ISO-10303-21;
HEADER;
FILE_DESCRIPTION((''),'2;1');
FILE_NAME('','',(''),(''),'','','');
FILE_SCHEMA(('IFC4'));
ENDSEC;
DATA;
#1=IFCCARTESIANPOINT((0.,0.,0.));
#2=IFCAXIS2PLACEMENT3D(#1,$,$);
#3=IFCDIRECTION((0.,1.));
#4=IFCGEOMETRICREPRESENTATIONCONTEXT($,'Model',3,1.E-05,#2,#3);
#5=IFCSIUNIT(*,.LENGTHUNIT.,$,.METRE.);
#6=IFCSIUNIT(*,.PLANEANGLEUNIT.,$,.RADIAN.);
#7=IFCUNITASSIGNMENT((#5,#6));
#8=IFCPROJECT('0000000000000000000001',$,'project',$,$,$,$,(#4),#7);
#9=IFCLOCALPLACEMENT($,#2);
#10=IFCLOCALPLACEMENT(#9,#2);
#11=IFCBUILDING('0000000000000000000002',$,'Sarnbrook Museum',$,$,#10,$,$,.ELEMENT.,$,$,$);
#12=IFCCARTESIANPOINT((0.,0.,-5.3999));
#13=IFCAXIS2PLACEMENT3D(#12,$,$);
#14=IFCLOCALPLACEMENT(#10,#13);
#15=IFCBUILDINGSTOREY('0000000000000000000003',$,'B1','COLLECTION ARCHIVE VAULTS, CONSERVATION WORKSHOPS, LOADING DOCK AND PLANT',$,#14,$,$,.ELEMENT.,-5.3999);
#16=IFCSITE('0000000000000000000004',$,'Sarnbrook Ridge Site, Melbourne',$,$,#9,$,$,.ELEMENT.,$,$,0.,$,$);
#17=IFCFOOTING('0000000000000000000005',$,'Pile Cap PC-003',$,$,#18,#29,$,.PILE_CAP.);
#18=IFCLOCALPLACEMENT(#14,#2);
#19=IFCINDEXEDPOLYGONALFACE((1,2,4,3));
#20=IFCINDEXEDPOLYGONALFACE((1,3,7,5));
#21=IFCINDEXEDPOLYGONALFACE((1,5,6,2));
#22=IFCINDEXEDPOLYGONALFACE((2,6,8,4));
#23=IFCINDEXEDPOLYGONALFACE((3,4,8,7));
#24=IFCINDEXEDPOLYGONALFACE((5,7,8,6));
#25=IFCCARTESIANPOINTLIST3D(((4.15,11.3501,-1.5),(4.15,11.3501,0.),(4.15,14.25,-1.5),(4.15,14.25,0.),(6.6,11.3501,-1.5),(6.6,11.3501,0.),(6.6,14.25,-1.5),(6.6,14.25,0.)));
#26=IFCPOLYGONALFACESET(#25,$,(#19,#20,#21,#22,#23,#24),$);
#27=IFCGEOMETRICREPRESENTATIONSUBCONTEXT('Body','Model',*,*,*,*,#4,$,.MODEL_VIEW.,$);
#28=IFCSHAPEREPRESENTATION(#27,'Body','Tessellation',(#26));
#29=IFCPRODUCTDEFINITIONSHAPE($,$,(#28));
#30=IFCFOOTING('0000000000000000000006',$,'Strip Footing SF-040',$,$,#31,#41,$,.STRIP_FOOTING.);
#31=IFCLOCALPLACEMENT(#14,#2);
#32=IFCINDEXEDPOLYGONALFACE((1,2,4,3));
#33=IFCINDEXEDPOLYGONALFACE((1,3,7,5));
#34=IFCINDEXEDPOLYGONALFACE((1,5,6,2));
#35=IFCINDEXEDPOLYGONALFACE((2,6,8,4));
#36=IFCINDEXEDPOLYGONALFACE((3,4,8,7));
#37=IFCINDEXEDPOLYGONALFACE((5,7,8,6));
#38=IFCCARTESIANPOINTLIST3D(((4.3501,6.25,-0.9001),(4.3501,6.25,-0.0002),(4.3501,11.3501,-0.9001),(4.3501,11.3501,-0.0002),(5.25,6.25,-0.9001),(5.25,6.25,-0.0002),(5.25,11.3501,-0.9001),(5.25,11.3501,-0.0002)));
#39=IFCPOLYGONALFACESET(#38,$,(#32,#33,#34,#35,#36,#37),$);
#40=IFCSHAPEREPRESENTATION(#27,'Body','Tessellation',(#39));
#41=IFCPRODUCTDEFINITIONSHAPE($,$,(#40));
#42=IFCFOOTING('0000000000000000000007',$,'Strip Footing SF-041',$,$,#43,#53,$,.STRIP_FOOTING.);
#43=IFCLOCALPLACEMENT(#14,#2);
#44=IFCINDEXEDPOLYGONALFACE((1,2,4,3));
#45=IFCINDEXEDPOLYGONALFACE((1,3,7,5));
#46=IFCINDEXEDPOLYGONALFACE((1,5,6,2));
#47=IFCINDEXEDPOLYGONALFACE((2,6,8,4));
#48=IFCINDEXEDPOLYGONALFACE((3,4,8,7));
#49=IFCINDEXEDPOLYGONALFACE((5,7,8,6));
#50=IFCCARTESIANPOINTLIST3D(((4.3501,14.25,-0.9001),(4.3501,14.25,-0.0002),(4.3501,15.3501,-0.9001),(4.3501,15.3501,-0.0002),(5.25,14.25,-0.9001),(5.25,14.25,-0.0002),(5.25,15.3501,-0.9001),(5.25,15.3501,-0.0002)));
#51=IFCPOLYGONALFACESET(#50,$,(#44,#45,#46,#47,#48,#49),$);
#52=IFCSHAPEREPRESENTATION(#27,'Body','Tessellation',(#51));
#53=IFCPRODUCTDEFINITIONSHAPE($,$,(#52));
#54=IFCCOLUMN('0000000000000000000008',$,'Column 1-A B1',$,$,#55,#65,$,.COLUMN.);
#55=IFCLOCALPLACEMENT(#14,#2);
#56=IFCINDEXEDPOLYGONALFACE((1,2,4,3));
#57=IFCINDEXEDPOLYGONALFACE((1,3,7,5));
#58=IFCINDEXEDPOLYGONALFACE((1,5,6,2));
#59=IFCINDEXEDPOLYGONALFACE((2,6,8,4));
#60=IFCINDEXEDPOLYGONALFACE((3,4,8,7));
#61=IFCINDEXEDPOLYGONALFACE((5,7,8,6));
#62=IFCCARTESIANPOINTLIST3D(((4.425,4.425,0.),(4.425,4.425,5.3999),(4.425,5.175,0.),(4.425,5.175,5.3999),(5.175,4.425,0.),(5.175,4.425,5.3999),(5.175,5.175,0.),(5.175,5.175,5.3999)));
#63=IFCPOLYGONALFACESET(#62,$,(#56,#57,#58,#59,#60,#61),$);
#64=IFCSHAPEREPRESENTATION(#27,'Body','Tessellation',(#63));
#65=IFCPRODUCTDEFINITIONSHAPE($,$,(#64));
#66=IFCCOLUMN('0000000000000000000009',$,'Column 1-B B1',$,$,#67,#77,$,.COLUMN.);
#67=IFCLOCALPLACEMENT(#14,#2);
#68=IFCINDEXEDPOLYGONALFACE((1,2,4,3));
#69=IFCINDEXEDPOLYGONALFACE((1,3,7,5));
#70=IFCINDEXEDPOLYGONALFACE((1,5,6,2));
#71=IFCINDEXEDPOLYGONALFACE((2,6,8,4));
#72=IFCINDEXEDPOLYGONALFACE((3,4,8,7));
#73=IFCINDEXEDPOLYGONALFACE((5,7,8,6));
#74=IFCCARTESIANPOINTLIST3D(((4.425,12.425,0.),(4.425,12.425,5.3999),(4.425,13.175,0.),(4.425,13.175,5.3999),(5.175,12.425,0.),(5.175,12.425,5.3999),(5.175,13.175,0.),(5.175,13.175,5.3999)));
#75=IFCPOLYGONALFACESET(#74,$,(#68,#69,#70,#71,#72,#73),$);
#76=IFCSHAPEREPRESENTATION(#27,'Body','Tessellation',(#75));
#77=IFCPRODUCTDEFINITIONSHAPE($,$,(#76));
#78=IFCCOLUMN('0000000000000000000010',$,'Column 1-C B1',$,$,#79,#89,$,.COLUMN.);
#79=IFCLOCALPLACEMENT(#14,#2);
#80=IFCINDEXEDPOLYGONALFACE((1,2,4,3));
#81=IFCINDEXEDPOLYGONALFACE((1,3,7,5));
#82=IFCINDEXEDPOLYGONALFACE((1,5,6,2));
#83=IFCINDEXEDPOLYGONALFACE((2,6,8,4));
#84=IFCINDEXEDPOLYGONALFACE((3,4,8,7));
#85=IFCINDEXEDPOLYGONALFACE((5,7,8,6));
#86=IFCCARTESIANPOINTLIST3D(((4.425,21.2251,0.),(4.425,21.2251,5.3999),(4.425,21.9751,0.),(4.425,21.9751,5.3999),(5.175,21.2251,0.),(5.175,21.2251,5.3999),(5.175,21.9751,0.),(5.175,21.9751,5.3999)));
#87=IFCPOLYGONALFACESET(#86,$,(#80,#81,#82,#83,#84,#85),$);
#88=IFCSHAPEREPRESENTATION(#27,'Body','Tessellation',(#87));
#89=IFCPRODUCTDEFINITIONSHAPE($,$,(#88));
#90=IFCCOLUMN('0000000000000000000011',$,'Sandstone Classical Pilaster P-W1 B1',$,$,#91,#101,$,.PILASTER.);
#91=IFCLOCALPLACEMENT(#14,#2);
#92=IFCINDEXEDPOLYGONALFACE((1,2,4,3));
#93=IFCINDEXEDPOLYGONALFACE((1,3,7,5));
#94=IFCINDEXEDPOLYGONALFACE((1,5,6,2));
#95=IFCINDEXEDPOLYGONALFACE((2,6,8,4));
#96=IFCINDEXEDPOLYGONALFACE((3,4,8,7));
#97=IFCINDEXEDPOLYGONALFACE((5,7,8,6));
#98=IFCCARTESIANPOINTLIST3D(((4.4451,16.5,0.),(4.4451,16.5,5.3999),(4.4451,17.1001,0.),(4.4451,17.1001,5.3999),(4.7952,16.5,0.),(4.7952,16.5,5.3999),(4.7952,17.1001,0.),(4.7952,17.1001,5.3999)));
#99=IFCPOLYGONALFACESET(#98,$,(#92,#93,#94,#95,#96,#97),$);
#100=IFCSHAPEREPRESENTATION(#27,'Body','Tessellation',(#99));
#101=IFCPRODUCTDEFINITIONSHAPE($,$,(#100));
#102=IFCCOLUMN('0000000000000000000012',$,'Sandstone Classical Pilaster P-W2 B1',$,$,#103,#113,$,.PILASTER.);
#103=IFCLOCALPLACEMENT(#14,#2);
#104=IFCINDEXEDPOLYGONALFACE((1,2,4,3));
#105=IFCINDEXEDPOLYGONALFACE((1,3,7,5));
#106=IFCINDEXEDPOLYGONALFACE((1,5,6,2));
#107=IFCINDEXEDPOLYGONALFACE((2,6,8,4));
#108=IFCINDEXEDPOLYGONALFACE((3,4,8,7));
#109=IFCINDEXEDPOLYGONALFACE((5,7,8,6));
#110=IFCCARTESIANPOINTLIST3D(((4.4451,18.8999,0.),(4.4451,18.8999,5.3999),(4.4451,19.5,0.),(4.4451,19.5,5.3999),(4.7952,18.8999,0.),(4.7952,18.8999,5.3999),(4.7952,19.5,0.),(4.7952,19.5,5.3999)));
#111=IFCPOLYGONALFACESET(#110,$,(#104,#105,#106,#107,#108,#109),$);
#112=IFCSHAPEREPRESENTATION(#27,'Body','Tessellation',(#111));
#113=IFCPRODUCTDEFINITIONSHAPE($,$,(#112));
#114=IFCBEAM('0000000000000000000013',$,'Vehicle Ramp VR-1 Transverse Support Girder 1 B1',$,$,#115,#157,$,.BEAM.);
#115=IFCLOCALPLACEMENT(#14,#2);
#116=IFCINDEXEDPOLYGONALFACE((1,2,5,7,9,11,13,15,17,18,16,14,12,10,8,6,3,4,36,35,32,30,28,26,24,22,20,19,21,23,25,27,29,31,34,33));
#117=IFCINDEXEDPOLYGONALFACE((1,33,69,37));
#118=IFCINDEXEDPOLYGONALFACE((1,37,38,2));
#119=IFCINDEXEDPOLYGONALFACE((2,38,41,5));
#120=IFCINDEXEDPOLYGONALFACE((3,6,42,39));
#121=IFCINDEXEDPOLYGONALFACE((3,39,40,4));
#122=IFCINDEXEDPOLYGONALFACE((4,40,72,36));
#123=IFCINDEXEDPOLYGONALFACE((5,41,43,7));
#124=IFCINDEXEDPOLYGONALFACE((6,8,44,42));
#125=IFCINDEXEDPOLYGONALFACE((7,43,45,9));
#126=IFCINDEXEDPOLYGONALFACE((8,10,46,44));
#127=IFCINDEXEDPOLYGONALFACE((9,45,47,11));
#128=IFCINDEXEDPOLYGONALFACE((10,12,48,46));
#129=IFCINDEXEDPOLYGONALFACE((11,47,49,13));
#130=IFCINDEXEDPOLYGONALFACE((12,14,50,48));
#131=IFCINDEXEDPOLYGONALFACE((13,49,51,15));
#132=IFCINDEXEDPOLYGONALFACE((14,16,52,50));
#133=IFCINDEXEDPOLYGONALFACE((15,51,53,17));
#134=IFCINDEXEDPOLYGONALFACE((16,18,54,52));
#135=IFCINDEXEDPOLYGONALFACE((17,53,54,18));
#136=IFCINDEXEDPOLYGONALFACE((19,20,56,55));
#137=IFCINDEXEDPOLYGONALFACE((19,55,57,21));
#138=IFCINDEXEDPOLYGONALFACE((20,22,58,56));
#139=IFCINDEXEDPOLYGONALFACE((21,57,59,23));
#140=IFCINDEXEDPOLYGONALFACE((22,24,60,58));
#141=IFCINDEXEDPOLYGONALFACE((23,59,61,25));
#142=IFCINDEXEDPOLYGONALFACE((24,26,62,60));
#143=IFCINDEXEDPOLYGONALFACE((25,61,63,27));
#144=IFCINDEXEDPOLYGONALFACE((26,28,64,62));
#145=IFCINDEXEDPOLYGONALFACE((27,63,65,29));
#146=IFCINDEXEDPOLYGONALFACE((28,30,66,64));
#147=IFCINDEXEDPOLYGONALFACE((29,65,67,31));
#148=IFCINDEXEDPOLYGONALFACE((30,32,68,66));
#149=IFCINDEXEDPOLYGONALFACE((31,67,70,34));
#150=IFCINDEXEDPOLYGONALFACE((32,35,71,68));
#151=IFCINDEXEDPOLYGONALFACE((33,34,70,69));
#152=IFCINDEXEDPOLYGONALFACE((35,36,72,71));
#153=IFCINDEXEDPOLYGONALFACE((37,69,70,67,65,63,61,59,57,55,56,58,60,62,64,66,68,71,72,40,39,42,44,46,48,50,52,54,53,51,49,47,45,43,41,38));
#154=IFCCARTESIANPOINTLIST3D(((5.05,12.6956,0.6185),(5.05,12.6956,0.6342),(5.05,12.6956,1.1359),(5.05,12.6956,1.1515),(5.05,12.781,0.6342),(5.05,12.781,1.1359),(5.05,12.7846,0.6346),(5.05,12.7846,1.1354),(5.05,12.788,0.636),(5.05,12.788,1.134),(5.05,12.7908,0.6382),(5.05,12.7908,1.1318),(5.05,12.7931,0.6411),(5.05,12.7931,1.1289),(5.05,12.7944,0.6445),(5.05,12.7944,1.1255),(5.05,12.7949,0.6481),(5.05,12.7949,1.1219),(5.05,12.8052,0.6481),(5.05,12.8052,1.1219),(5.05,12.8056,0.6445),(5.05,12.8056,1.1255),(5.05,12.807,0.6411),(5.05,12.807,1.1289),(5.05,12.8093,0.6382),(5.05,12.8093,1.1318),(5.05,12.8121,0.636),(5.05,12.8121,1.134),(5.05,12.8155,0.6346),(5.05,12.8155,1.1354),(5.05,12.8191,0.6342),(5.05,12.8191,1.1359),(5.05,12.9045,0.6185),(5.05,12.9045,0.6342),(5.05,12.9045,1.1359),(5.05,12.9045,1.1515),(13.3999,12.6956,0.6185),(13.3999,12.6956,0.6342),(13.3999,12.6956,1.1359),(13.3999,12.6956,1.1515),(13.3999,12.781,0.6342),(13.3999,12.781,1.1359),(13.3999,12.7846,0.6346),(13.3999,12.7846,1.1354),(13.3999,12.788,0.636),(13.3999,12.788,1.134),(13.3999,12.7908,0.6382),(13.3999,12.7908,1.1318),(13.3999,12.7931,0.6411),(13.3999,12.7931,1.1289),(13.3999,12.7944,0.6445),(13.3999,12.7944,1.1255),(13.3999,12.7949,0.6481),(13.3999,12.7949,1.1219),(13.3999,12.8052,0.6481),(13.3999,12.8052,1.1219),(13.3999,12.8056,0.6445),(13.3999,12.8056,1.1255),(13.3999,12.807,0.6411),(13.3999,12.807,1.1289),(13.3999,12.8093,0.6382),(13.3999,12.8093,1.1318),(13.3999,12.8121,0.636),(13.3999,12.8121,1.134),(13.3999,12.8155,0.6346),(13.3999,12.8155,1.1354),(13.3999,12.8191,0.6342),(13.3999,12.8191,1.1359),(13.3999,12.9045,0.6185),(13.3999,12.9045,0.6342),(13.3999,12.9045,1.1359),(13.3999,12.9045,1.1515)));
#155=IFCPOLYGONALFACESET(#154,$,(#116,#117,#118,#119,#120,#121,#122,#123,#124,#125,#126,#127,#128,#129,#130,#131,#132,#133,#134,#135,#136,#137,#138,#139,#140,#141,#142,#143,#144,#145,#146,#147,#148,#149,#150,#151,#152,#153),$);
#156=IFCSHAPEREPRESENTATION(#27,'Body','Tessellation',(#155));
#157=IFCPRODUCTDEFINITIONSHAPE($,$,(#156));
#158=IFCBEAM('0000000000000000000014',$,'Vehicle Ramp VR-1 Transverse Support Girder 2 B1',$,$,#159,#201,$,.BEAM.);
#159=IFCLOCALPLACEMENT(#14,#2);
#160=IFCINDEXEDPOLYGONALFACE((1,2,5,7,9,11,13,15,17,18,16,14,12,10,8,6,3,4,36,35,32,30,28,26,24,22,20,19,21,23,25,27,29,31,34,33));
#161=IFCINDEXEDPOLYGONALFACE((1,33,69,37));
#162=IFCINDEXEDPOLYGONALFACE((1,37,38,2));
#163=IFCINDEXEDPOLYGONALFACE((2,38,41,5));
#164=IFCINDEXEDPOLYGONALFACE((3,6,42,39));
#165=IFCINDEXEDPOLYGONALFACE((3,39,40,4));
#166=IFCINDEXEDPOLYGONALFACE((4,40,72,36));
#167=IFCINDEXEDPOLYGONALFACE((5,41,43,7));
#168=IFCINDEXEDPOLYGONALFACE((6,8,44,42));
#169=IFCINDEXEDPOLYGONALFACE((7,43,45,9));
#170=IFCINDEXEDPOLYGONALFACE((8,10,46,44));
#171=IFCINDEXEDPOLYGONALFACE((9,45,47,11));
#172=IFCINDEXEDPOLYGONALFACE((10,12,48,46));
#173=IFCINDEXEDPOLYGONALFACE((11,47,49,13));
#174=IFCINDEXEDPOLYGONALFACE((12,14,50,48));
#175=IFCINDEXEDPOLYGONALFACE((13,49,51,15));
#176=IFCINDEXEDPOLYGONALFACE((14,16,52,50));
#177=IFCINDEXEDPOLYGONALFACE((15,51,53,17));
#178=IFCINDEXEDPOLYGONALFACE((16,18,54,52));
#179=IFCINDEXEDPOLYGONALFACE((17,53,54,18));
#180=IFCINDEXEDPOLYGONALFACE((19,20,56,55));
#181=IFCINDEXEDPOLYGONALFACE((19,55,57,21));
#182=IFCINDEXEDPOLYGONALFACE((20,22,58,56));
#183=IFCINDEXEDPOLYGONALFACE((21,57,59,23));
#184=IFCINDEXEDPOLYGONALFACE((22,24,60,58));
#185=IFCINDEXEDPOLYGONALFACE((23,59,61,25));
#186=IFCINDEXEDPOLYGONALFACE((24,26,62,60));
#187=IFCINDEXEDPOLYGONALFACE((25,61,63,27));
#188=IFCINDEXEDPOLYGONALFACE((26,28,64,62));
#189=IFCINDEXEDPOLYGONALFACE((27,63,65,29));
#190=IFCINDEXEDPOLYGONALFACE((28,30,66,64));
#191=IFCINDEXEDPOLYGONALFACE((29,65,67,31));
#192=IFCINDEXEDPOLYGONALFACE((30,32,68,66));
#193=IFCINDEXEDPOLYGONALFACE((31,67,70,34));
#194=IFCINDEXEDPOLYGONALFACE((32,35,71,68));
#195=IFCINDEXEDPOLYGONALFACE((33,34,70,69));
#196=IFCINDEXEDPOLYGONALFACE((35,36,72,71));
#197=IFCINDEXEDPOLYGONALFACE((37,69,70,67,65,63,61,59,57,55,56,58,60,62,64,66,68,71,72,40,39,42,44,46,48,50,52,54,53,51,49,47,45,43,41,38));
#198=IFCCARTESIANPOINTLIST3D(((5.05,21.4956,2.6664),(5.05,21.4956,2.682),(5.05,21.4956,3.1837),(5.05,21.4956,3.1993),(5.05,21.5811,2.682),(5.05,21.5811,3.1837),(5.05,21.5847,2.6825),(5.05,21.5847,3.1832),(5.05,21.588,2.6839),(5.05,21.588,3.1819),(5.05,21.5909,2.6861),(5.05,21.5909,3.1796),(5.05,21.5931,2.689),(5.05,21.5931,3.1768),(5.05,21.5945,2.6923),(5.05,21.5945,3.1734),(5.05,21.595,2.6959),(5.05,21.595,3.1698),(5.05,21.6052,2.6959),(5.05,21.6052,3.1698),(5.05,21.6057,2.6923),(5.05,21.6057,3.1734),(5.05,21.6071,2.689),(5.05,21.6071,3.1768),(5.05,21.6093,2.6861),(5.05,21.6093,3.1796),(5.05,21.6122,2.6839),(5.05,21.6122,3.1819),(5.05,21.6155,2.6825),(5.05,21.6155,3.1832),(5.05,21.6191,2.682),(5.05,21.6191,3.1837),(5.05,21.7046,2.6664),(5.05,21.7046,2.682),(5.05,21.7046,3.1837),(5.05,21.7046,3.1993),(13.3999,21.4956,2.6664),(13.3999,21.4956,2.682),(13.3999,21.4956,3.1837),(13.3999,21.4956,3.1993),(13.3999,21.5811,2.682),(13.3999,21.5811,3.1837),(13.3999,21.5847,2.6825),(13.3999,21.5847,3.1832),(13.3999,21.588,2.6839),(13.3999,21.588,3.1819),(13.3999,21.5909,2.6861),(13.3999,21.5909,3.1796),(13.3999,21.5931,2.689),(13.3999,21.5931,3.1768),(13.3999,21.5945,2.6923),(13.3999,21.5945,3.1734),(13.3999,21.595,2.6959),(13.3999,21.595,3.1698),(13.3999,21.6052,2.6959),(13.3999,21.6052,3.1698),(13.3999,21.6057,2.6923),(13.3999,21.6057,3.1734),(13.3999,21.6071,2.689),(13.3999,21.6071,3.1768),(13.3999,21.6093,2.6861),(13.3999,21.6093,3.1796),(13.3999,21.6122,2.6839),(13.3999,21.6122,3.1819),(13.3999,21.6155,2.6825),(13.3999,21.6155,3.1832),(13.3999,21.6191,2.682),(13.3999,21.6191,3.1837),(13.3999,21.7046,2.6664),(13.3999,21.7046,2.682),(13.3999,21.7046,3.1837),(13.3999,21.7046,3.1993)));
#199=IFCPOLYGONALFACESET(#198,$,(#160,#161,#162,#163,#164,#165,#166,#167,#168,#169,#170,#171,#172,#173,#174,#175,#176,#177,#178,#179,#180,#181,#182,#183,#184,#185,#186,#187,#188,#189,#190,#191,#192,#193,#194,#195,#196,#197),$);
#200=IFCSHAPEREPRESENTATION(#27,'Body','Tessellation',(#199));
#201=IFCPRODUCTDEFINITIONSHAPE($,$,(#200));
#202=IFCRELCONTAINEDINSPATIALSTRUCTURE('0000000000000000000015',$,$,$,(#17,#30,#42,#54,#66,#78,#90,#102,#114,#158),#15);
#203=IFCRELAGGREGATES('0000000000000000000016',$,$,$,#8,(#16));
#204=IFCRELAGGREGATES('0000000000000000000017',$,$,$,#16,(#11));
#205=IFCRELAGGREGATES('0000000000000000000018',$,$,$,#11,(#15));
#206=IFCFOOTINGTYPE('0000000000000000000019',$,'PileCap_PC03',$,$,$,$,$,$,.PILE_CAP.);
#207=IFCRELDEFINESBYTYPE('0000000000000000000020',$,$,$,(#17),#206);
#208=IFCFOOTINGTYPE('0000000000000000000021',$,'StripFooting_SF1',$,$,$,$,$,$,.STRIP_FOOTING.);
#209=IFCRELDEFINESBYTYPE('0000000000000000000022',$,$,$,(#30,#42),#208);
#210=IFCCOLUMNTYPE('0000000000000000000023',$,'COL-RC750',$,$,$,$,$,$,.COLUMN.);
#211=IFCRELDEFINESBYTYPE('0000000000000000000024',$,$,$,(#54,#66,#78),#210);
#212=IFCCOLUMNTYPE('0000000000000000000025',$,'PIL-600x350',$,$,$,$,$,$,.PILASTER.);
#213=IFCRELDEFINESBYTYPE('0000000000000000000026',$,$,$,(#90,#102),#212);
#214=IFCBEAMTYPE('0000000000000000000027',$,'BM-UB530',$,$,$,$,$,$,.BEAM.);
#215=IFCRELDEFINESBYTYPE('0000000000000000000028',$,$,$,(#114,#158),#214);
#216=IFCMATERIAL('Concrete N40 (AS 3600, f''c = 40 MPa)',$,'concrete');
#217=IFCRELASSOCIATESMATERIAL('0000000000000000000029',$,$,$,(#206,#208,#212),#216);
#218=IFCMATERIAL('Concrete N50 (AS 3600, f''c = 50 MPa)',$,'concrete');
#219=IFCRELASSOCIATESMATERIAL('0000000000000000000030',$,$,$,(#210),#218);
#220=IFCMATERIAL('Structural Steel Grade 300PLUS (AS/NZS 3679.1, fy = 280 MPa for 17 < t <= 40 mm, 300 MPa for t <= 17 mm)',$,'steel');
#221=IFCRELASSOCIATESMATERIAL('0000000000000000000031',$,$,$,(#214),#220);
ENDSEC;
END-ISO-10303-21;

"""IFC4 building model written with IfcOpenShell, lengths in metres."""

from ifc_helpers import new_model, si_unit, direction, frame, origin, origin_2d, place, context, subcontext, project, spatial, rectangle, i_section, extrude, material, material_profile, profile_set, type_object, element, save


model = new_model("IFC4")

# Units and contexts
model_context = context("Model", 3, precision=1e-05, world=origin(), true_north=direction((0.0, 1.0)))
body_context = subcontext(model_context, "Body", "Model", "MODEL_VIEW")
ifc_project = project(units=[si_unit("LENGTHUNIT", "METRE"), si_unit("PLANEANGLEUNIT", "RADIAN")], contexts=[model_context])

# Site, building, storey
site_placement = place(None, origin())
site = spatial("IfcSite", under=ifc_project, at=site_placement, Name="Sarnbrook Ridge Site, Melbourne", CompositionType="ELEMENT", RefElevation=0.0)
building_placement = place(site_placement, origin())
building = spatial("IfcBuilding", under=site, at=building_placement, Name="Sarnbrook Museum", CompositionType="ELEMENT")
storey_placement = place(building_placement, frame((0.0, 0.0, -5.3999)))
storey = spatial("IfcBuildingStorey", under=building, at=storey_placement, Name="B1", Description="COLLECTION ARCHIVE VAULTS, CONSERVATION WORKSHOPS, LOADING DOCK AND PLANT", CompositionType="ELEMENT", Elevation=-5.3999)

# Shared definitions
ifc_material_1 = material(Name="Concrete N50 (AS 3600, f'c = 50 MPa)", Category="concrete")

# Footings
ifc_material_2 = material(Name="Concrete N40 (AS 3600, f'c = 40 MPa)", Category="concrete")
footing_type_1 = type_object("IfcFootingType", Name="PileCap_PC03", PredefinedType="PILE_CAP", material=ifc_material_2)
footing_1_placement = place(storey_placement, frame((5.375, 12.8, -1.5), z_axis=(0.0, 0.0, 1.0), x_axis=(1.0, 0.0, 0.0)))
element("IfcFooting", 1, at=footing_1_placement, inside=storey, type_object=footing_type_1, Name="Pile Cap PC-003", PredefinedType="PILE_CAP", context=body_context, shape_type="SweptSolid", body=[
    extrude(rectangle(XDim=2.45, YDim=2.8999, at=origin_2d()), origin(), (0.0, 0.0, 1.0), 1.5),
])
footing_type_2 = type_object("IfcFootingType", Name="StripFooting_SF1", PredefinedType="STRIP_FOOTING", material=ifc_material_2)
footing_2_placement = place(storey_placement, frame((4.8, 8.8, -0.9001), z_axis=(0.0, 0.0, 1.0), x_axis=(1.0, 0.0, 0.0)))
element("IfcFooting", 2, at=footing_2_placement, inside=storey, type_object=footing_type_2, Name="Strip Footing SF-040", PredefinedType="STRIP_FOOTING", context=body_context, shape_type="SweptSolid", body=[
    extrude(rectangle(XDim=0.8999, YDim=5.1001, at=origin_2d()), origin(), (0.0, 0.0, 1.0), 0.8999),
])
footing_3_placement = place(storey_placement, frame((4.8, 14.8, -0.9001), z_axis=(0.0, 0.0, 1.0), x_axis=(1.0, 0.0, 0.0)))
element("IfcFooting", 3, at=footing_3_placement, inside=storey, type_object=footing_type_2, Name="Strip Footing SF-041", PredefinedType="STRIP_FOOTING", context=body_context, shape_type="SweptSolid", body=[
    extrude(rectangle(XDim=0.8999, YDim=1.1001, at=origin_2d()), origin(), (0.0, 0.0, 1.0), 0.8999),
])

# Columns
ifc_material_profile_1 = material_profile(ifc_material_1, rectangle(XDim=0.75, YDim=0.75, at=origin_2d()), Name="RC 750x750")
ifc_profile_set_1 = profile_set([ifc_material_profile_1], Name="Concrete N50 (AS 3600, f'c = 50 MPa)")
column_type_1 = type_object("IfcColumnType", Name="COL-RC750", PredefinedType="COLUMN", material=ifc_profile_set_1)
for number, where, z_axis, x_axis, name in (
    (4, (4.8, 4.8, 0.0), (0.0, 0.0, 1.0), (1.0, 0.0, 0.0), "Column 1-A B1"),
    (5, (4.8, 12.8, 0.0), (0.0, 0.0, 1.0), (1.0, 0.0, 0.0), "Column 1-B B1"),
    (6, (4.8, 21.6001, 0.0), (0.0, 0.0, 1.0), (1.0, 0.0, 0.0), "Column 1-C B1"),
):
    element("IfcColumn", number, at=place(storey_placement, frame(where, z_axis=z_axis, x_axis=x_axis)), inside=storey, type_object=column_type_1, Name=name, PredefinedType="COLUMN", context=body_context, shape_type="SweptSolid", body=[
        extrude(rectangle(XDim=0.75, YDim=0.75, at=origin_2d()), origin(), (0.0, 0.0, 1.0), 5.3999),
    ])
ifc_material_profile_2 = material_profile(ifc_material_2, rectangle(XDim=0.6001, YDim=0.3501, at=origin_2d()), Name="PILASTER 600x350")
ifc_profile_set_2 = profile_set([ifc_material_profile_2], Name="Concrete N40 (AS 3600, f'c = 40 MPa)")
column_type_2 = type_object("IfcColumnType", Name="PIL-600x350", PredefinedType="PILASTER", material=ifc_profile_set_2)
for number, where, z_axis, x_axis, name in (
    (7, (4.6201, 16.8, 0.0), (0.0, 0.0, 1.0), (0.0, 1.0, 0.0), "Sandstone Classical Pilaster P-W1 B1"),
    (8, (4.6201, 19.2, 0.0), (0.0, 0.0, 1.0), (0.0, 1.0, 0.0), "Sandstone Classical Pilaster P-W2 B1"),
):
    element("IfcColumn", number, at=place(storey_placement, frame(where, z_axis=z_axis, x_axis=x_axis)), inside=storey, type_object=column_type_2, Name=name, PredefinedType="PILASTER", context=body_context, shape_type="SweptSolid", body=[
        extrude(rectangle(XDim=0.6001, YDim=0.3501, at=origin_2d()), origin(), (0.0, 0.0, 1.0), 5.3999),
    ])

# Beams
ifc_material_3 = material(Name="Structural Steel Grade 300PLUS (AS/NZS 3679.1, fy = 280 MPa for 17 < t <= 40 mm, 300 MPa for t <= 17 mm)", Category="steel")
ifc_material_profile_3 = material_profile(ifc_material_3, i_section(OverallWidth=0.209, OverallDepth=0.533, WebThickness=0.0103, FlangeThickness=0.0156, FilletRadius=0.0139, at=origin_2d()), Name="530UB92.4")
ifc_profile_set_3 = profile_set([ifc_material_profile_3], Name="Structural Steel Grade 300PLUS (AS/NZS 3679.1, fy = 280 MPa for 17 < t <= 40 mm, 300 MPa for t <= 17 mm)")
beam_type_1 = type_object("IfcBeamType", Name="BM-UB530", PredefinedType="BEAM", material=ifc_profile_set_3)
for number, where, z_axis, x_axis, name in (
    (9, (5.05, 12.8, 0.885), (1.0, 0.0, 0.0), (0.0, 1.0, 0.0), "Vehicle Ramp VR-1 Transverse Support Girder 1 B1"),
    (10, (5.05, 21.6001, 2.9329), (1.0, 0.0, 0.0), (0.0, 1.0, 0.0), "Vehicle Ramp VR-1 Transverse Support Girder 2 B1"),
):
    element("IfcBeam", number, at=place(storey_placement, frame(where, z_axis=z_axis, x_axis=x_axis)), inside=storey, type_object=beam_type_1, Name=name, PredefinedType="BEAM", context=body_context, shape_type="SweptSolid", body=[
        extrude(i_section(OverallWidth=0.209, OverallDepth=0.533, WebThickness=0.0103, FlangeThickness=0.0156, FilletRadius=0.0139, at=origin_2d()), origin(), (0.0, 0.0, 1.0), 8.3499),
    ])

save(model, "model.ifc")
